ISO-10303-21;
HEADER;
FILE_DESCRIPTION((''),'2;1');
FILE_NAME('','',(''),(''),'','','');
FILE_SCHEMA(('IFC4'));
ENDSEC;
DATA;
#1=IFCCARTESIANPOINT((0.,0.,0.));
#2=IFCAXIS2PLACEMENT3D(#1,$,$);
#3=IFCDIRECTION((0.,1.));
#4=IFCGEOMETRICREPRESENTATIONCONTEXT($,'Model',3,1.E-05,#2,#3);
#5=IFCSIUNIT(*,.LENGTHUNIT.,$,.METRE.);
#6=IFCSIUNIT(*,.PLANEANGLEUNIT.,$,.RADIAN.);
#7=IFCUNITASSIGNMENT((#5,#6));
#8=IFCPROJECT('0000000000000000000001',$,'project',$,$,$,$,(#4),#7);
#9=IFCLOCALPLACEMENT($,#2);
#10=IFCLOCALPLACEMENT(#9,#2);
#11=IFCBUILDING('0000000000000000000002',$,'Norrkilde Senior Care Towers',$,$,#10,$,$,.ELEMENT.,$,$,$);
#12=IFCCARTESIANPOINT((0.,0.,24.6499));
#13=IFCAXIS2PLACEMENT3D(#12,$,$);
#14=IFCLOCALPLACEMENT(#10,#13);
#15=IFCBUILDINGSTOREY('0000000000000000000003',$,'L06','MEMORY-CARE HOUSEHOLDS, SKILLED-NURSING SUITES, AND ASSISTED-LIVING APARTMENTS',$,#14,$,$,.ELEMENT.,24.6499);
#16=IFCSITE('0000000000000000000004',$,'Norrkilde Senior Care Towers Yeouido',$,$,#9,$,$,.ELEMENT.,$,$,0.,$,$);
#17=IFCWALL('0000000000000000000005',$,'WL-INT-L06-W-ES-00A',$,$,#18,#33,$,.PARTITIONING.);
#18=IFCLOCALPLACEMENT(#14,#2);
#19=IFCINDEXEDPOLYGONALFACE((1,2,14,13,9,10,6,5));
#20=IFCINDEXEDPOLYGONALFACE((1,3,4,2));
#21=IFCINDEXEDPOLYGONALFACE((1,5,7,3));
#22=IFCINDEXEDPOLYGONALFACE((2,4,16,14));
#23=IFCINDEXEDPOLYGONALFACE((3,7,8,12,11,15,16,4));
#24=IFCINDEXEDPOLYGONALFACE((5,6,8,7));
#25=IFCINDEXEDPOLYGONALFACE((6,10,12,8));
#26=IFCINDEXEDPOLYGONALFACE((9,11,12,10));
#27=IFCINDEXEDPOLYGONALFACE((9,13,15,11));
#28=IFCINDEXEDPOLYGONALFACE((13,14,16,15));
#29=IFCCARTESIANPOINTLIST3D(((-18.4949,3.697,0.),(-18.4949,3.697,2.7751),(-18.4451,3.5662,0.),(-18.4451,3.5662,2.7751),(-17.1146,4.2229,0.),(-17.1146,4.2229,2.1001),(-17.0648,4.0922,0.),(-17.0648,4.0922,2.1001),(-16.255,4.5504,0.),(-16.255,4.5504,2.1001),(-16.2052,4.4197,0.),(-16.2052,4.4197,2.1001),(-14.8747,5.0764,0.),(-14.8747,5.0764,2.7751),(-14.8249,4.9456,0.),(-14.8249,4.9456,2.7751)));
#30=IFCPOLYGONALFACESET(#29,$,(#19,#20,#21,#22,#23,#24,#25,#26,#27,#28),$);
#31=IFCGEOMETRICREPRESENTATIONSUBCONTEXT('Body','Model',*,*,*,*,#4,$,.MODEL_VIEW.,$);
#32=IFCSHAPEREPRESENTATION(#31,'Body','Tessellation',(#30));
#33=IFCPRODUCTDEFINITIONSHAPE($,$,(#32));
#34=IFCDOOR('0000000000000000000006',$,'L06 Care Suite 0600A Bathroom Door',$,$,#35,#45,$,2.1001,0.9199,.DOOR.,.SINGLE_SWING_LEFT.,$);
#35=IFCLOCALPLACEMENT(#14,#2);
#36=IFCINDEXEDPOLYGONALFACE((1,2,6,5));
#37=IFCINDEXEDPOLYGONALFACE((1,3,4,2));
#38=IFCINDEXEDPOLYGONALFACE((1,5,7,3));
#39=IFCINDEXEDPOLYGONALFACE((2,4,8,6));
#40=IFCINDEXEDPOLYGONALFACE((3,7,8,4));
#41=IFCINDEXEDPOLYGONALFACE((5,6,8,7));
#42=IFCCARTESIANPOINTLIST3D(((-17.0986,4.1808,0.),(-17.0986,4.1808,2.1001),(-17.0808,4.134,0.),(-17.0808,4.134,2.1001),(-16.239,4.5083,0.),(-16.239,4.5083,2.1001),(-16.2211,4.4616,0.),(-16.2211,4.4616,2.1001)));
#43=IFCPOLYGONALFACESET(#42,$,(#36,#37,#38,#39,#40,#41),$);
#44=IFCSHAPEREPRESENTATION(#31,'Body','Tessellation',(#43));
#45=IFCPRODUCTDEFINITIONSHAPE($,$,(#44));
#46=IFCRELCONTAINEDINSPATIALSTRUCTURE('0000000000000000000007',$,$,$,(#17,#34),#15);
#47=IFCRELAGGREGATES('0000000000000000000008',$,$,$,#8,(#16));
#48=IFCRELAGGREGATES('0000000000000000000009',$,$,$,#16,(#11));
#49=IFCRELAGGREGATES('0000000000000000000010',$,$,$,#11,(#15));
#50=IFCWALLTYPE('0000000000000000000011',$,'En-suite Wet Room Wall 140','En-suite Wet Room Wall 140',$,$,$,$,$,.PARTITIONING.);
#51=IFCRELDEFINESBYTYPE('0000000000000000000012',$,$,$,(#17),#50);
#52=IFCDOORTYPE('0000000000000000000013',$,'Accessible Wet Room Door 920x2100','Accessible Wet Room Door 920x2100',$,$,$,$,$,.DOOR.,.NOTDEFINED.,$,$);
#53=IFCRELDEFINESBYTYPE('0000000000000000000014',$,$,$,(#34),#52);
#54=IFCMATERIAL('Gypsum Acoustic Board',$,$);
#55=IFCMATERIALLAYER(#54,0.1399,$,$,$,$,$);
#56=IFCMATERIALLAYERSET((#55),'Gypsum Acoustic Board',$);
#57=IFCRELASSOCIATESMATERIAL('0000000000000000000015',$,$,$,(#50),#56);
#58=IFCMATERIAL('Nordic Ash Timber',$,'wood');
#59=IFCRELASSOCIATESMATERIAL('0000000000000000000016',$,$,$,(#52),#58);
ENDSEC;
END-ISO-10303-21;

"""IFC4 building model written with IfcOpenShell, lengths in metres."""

from ifc_helpers import new_model, si_unit, direction, frame, frame_2d, origin, place, context, subcontext, project, spatial, rectangle, extrude, source, transform, mapped, material, layer, layer_set, type_object, type_shapes, element, fill, save


model = new_model("IFC4")

# Units and contexts
model_context = context("Model", 3, precision=1e-05, world=origin(), true_north=direction((0.0, 1.0)))
body_context = subcontext(model_context, "Body", "Model", "MODEL_VIEW")
ifc_project = project(units=[si_unit("LENGTHUNIT", "METRE"), si_unit("PLANEANGLEUNIT", "RADIAN")], contexts=[model_context])

# Site, building, storey
site_placement = place(None, origin())
site = spatial("IfcSite", under=ifc_project, at=site_placement, Name="Norrkilde Senior Care Towers Yeouido", CompositionType="ELEMENT", RefElevation=0.0)
building_placement = place(site_placement, origin())
building = spatial("IfcBuilding", under=site, at=building_placement, Name="Norrkilde Senior Care Towers", CompositionType="ELEMENT")
storey_placement = place(building_placement, frame((0.0, 0.0, 24.6499)))
storey = spatial("IfcBuildingStorey", under=building, at=storey_placement, Name="L06", Description="MEMORY-CARE HOUSEHOLDS, SKILLED-NURSING SUITES, AND ASSISTED-LIVING APARTMENTS", CompositionType="ELEMENT", Elevation=24.6499)

# Shared definitions
ifc_material_1 = material(Name="Gypsum Acoustic Board")
ifc_material_2 = material(Name="Nordic Ash Timber", Category="wood")

# Wall, opening, door
ifc_layer_1 = layer(ifc_material_1, 0.1399)
ifc_layer_set_1 = layer_set([ifc_layer_1], Name="Gypsum Acoustic Board")
wall_type_1 = type_object("IfcWallType", Name="En-suite Wet Room Wall 140", Description="En-suite Wet Room Wall 140", PredefinedType="PARTITIONING", material=ifc_layer_set_1)
shared_shape_1 = source(origin(), body_context, "Body", "SweptSolid", [
    extrude(rectangle(XDim=3.874, YDim=0.1399, at=frame_2d((1.937, 0.0))), origin(), (0.0, 0.0, 1.0), 2.7751),
])
type_shapes(wall_type_1, [shared_shape_1])
wall_1_placement = place(storey_placement, frame((-18.47, 3.6316, 0.0), z_axis=(0.0, 0.0, 1.0), x_axis=(0.934462, 0.356063, 0.0)))
wall_1 = element("IfcWall", 1, at=wall_1_placement, inside=storey, type_object=wall_type_1, Name="WL-INT-L06-W-ES-00A", PredefinedType="PARTITIONING", context=body_context, shape_type="MappedRepresentation", body=[
    mapped(shared_shape_1, transform((0.0, 0.0, 0.0), x_axis=(1.0, 0.0, 0.0), y_axis=(0.0, 1.0, 0.0), z_axis=(0.0, 0.0, 1.0), scale=1.0)),
])
opening_1_placement = place(wall_1_placement, frame((1.4771, 0.0, 0.0)))
opening_1 = element("IfcOpeningElement", 2, at=opening_1_placement, cuts=wall_1, PredefinedType="OPENING", context=body_context, shape_type="SweptSolid", body=[
    extrude(rectangle(XDim=0.9199, YDim=2.1001, at=frame_2d((0.46, 1.05))), frame((0.0, 0.0798, 0.0), z_axis=(0.0, -1.0, 0.0), x_axis=(1.0, 0.0, 0.0)), (0.0, 0.0, 1.0), 0.1599),
])
door_type_1 = type_object("IfcDoorType", Name="Accessible Wet Room Door 920x2100", Description="Accessible Wet Room Door 920x2100", OperationType="NOTDEFINED", PredefinedType="DOOR", material=ifc_material_2)
shared_shape_2 = source(origin(), body_context, "Body", "SweptSolid", [
    extrude(rectangle(XDim=0.9199, YDim=2.1001, at=frame_2d((0.46, 1.05))), frame((0.0, 0.0249, 0.0), z_axis=(0.0, -1.0, 0.0), x_axis=(1.0, 0.0, 0.0)), (0.0, 0.0, 1.0), 0.05),
])
type_shapes(door_type_1, [shared_shape_2])
door_1_placement = place(opening_1_placement, origin())
door_1 = element("IfcDoor", 3, at=door_1_placement, inside=storey, type_object=door_type_1, Name="L06 Care Suite 0600A Bathroom Door", OperationType="SINGLE_SWING_LEFT", OverallHeight=2.1001, OverallWidth=0.9199, PredefinedType="DOOR", context=body_context, shape_type="MappedRepresentation", body=[
    mapped(shared_shape_2, transform((0.0, 0.0, 0.0), x_axis=(1.0, 0.0, 0.0), y_axis=(0.0, 1.0, 0.0), z_axis=(0.0, 0.0, 1.0), scale=1.0)),
])
fill(opening_1, door_1)

save(model, "model.ifc")
